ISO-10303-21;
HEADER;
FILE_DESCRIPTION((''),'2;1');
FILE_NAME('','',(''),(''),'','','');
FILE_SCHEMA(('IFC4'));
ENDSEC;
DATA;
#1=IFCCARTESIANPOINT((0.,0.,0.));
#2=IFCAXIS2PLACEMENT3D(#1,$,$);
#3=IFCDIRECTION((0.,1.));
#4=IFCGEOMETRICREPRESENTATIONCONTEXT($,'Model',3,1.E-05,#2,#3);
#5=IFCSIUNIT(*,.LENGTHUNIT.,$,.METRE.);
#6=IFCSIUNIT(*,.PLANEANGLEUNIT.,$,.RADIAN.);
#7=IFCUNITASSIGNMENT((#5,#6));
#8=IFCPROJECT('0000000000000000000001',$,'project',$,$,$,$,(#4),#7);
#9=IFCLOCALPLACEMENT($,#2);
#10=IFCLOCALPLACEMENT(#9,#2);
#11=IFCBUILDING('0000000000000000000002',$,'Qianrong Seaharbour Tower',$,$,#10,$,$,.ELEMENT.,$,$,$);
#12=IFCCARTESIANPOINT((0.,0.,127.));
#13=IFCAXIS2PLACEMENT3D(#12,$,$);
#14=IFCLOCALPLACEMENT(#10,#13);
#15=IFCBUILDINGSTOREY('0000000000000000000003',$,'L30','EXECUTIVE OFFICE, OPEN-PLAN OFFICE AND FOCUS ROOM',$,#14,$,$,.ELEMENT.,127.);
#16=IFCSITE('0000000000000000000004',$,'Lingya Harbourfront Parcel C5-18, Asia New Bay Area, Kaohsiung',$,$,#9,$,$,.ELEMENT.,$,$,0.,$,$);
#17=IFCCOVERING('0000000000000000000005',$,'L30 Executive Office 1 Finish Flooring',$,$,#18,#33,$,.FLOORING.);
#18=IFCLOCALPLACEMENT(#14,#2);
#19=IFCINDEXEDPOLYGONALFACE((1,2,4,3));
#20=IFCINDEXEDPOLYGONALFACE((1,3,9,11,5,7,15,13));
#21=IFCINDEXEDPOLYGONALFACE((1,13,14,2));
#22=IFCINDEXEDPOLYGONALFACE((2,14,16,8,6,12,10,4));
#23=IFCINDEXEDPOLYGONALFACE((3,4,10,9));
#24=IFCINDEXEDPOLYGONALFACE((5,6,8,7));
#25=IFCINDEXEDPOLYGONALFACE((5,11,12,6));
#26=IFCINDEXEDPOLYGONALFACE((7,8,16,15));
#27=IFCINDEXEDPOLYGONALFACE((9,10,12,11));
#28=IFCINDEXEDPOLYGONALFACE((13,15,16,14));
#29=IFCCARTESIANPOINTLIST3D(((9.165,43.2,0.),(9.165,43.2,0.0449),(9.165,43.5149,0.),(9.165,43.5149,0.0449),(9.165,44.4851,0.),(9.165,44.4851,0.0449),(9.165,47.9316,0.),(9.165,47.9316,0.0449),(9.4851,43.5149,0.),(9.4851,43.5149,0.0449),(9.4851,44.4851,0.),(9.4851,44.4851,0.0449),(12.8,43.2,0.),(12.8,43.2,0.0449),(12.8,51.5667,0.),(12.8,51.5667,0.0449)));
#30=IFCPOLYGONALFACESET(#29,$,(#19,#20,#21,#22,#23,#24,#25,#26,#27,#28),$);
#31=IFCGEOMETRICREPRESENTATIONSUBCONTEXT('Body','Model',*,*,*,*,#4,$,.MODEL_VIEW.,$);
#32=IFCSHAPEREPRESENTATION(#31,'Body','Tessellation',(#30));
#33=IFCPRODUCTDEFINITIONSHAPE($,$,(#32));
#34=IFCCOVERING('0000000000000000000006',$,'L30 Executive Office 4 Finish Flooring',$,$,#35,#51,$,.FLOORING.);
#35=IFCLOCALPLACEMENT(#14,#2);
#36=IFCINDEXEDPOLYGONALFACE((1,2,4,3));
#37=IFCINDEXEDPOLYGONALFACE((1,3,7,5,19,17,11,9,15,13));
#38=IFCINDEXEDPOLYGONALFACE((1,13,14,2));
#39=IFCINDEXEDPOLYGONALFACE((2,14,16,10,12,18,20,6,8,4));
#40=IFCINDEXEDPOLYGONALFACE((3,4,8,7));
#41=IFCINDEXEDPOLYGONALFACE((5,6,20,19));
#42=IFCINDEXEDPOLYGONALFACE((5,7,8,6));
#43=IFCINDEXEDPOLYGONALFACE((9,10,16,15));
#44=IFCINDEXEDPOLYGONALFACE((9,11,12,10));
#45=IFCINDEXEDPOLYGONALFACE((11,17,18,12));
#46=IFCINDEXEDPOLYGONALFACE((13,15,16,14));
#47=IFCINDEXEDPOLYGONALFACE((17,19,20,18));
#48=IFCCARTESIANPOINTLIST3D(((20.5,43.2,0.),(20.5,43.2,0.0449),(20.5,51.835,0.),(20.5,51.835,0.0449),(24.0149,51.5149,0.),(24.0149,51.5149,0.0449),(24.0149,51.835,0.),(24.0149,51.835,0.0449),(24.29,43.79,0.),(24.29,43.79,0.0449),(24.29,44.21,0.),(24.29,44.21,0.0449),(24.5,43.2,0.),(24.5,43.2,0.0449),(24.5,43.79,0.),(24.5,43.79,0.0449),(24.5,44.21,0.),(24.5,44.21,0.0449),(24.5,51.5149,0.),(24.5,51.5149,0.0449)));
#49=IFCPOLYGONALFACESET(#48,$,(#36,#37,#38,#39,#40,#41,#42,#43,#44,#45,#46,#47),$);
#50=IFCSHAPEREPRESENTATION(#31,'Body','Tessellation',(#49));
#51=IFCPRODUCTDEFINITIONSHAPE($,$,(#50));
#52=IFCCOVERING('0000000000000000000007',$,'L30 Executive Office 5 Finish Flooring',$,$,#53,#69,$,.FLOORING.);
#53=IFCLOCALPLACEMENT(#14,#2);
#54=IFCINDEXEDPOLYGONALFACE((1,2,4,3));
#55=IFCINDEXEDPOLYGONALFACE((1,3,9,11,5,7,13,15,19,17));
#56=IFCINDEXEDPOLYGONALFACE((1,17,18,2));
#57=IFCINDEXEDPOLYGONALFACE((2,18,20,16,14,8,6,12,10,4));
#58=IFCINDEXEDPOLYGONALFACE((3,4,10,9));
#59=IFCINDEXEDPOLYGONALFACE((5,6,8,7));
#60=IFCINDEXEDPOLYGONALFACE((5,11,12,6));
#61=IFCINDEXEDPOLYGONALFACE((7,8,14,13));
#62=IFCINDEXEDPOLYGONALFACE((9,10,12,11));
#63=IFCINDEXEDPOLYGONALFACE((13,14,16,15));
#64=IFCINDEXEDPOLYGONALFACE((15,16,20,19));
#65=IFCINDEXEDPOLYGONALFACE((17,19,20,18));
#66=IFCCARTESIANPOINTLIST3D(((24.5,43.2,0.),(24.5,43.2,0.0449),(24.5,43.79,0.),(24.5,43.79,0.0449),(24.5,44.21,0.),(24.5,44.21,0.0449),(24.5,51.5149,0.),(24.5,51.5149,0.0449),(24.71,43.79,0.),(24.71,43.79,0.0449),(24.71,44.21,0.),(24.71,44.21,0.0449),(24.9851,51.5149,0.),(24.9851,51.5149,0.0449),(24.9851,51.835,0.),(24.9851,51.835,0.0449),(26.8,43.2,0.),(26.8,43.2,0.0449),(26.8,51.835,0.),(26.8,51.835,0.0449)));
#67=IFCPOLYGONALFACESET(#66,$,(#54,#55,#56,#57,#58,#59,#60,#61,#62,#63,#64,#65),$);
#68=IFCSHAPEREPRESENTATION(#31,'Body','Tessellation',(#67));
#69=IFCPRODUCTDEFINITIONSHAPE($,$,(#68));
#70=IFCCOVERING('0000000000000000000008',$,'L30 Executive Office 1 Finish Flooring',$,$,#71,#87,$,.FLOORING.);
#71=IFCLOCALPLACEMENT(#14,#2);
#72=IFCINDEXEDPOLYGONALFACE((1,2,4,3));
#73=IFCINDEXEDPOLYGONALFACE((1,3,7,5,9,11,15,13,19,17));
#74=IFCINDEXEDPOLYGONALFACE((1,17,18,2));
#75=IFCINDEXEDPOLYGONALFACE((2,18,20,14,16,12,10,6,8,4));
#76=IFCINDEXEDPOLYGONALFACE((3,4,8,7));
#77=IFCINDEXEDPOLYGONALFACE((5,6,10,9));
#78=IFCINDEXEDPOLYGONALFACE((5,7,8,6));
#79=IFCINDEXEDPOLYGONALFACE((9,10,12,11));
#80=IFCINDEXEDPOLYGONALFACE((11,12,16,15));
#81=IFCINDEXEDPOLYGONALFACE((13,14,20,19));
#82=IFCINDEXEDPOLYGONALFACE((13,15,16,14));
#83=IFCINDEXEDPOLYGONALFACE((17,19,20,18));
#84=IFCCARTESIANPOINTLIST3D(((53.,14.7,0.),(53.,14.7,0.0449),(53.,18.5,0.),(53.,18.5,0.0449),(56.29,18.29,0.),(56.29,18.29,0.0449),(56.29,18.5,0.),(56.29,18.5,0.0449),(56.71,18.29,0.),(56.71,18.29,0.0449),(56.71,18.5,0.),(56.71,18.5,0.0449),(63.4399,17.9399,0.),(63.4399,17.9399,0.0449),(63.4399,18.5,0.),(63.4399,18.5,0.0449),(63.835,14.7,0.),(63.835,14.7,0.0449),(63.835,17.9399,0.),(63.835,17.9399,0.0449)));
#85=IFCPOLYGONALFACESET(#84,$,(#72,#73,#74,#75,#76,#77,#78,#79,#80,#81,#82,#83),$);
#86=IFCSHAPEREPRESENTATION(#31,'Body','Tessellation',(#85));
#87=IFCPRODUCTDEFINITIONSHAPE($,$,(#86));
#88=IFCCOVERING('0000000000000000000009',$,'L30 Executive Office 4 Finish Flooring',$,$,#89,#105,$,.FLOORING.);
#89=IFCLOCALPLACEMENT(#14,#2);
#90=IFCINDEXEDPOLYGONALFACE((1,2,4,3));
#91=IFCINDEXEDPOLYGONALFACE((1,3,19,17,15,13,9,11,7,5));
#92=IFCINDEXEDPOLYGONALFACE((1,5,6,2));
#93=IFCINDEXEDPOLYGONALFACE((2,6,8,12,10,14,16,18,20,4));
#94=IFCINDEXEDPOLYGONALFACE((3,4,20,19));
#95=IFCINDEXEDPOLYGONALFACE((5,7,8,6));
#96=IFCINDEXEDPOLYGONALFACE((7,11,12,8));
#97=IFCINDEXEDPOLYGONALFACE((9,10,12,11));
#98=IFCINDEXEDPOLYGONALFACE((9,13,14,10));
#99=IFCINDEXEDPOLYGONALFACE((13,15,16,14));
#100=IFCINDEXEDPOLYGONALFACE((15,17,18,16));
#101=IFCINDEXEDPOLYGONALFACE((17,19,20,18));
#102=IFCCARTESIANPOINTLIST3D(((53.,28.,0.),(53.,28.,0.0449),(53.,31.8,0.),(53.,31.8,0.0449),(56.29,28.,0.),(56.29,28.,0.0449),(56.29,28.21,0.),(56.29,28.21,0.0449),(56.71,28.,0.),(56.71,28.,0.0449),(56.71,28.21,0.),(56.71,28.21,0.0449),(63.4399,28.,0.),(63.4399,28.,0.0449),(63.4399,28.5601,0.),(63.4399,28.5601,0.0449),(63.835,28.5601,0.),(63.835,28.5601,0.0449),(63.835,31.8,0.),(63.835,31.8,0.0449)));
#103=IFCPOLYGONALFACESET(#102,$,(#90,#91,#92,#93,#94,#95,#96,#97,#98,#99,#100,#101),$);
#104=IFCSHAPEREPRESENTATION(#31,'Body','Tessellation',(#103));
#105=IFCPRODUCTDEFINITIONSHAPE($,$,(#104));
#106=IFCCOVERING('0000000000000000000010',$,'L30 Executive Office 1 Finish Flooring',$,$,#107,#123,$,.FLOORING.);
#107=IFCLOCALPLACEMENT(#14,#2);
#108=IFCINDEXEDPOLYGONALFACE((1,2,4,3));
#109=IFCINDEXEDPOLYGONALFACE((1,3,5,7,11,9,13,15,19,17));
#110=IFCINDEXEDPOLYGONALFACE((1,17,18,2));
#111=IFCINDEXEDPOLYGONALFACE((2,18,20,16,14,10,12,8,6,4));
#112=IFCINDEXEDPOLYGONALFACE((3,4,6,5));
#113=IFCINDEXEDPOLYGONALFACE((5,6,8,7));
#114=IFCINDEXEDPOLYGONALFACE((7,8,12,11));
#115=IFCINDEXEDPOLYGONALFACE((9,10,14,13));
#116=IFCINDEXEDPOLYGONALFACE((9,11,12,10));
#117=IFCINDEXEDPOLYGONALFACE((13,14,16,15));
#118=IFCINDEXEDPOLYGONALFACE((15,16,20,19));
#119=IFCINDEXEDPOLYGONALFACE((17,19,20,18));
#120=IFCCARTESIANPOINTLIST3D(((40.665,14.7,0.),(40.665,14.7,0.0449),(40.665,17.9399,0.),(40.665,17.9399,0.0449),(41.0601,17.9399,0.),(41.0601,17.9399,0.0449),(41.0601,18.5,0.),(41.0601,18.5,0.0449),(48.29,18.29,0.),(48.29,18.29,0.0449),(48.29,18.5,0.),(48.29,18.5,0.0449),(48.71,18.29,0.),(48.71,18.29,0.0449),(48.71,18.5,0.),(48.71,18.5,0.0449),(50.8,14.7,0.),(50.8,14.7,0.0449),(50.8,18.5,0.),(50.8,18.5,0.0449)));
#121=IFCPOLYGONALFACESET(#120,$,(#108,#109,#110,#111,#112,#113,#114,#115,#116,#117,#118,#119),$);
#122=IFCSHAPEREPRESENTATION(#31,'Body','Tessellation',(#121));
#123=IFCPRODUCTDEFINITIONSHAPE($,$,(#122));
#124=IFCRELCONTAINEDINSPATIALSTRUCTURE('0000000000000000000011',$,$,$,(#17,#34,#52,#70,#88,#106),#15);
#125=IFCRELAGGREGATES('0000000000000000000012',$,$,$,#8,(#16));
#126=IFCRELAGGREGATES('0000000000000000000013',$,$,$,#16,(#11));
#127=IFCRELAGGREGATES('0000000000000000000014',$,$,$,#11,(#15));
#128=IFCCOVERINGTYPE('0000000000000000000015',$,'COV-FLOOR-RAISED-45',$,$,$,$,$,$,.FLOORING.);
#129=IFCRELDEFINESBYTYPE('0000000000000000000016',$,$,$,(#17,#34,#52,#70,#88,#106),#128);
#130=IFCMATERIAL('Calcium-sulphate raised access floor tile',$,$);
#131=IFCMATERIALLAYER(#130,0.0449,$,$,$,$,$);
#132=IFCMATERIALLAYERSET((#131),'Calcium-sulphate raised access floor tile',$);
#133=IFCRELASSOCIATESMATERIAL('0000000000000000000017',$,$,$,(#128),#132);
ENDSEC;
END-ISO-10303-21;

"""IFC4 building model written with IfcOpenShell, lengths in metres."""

from ifc_helpers import new_model, si_unit, direction, frame, origin, place, context, subcontext, project, spatial, polyline, outline, extrude, material, layer, layer_set, type_object, element, save


model = new_model("IFC4")

# Units and contexts
model_context = context("Model", 3, precision=1e-05, world=origin(), true_north=direction((0.0, 1.0)))
body_context = subcontext(model_context, "Body", "Model", "MODEL_VIEW")
ifc_project = project(units=[si_unit("LENGTHUNIT", "METRE"), si_unit("PLANEANGLEUNIT", "RADIAN")], contexts=[model_context])

# Site, building, storey
site_placement = place(None, origin())
site = spatial("IfcSite", under=ifc_project, at=site_placement, Name="Lingya Harbourfront Parcel C5-18, Asia New Bay Area, Kaohsiung", CompositionType="ELEMENT", RefElevation=0.0)
building_placement = place(site_placement, origin())
building = spatial("IfcBuilding", under=site, at=building_placement, Name="Qianrong Seaharbour Tower", CompositionType="ELEMENT")
storey_placement = place(building_placement, frame((0.0, 0.0, 127.0)))
storey = spatial("IfcBuildingStorey", under=building, at=storey_placement, Name="L30", Description="EXECUTIVE OFFICE, OPEN-PLAN OFFICE AND FOCUS ROOM", CompositionType="ELEMENT", Elevation=127.0)

# Coverings
ifc_material_1 = material(Name="Calcium-sulphate raised access floor tile")
ifc_layer_1 = layer(ifc_material_1, 0.0449)
ifc_layer_set_1 = layer_set([ifc_layer_1], Name="Calcium-sulphate raised access floor tile")
covering_type_1 = type_object("IfcCoveringType", Name="COV-FLOOR-RAISED-45", PredefinedType="FLOORING", material=ifc_layer_set_1)
covering_1_placement = place(storey_placement, origin())
element("IfcCovering", 1, at=covering_1_placement, inside=storey, type_object=covering_type_1, Name="L30 Executive Office 1 Finish Flooring", PredefinedType="FLOORING", context=body_context, shape_type="SweptSolid", body=[
    extrude(outline(polyline([(9.165, 43.5149), (9.4851, 43.5149), (9.4851, 44.4851), (9.165, 44.4851), (9.165, 47.9316), (12.8, 51.5667), (12.8, 43.2), (9.165, 43.2), (9.165, 43.5149)])), origin(), (0.0, 0.0, 1.0), 0.0449),
])
covering_2_placement = place(storey_placement, origin())
element("IfcCovering", 2, at=covering_2_placement, inside=storey, type_object=covering_type_1, Name="L30 Executive Office 4 Finish Flooring", PredefinedType="FLOORING", context=body_context, shape_type="SweptSolid", body=[
    extrude(outline(polyline([(20.5, 51.835), (24.0149, 51.835), (24.0149, 51.5149), (24.5, 51.5149), (24.5, 44.21), (24.29, 44.21), (24.29, 43.79), (24.5, 43.79), (24.5, 43.2), (20.5, 43.2), (20.5, 51.835)])), origin(), (0.0, 0.0, 1.0), 0.0449),
])
covering_3_placement = place(storey_placement, origin())
element("IfcCovering", 3, at=covering_3_placement, inside=storey, type_object=covering_type_1, Name="L30 Executive Office 5 Finish Flooring", PredefinedType="FLOORING", context=body_context, shape_type="SweptSolid", body=[
    extrude(outline(polyline([(24.5, 43.79), (24.71, 43.79), (24.71, 44.21), (24.5, 44.21), (24.5, 51.5149), (24.9851, 51.5149), (24.9851, 51.835), (26.8, 51.835), (26.8, 43.2), (24.5, 43.2), (24.5, 43.79)])), origin(), (0.0, 0.0, 1.0), 0.0449),
])
covering_4_placement = place(storey_placement, origin())
element("IfcCovering", 4, at=covering_4_placement, inside=storey, type_object=covering_type_1, Name="L30 Executive Office 1 Finish Flooring", PredefinedType="FLOORING", context=body_context, shape_type="SweptSolid", body=[
    extrude(outline(polyline([(56.29, 18.5), (56.29, 18.29), (56.71, 18.29), (56.71, 18.5), (63.4399, 18.5), (63.4399, 17.9399), (63.835, 17.9399), (63.835, 14.7), (53.0, 14.7), (53.0, 18.5), (56.29, 18.5)])), origin(), (0.0, 0.0, 1.0), 0.0449),
])
covering_5_placement = place(storey_placement, origin())
element("IfcCovering", 5, at=covering_5_placement, inside=storey, type_object=covering_type_1, Name="L30 Executive Office 4 Finish Flooring", PredefinedType="FLOORING", context=body_context, shape_type="SweptSolid", body=[
    extrude(outline(polyline([(63.835, 31.8), (63.835, 28.5601), (63.4399, 28.5601), (63.4399, 28.0), (56.71, 28.0), (56.71, 28.21), (56.29, 28.21), (56.29, 28.0), (53.0, 28.0), (53.0, 31.8), (63.835, 31.8)])), origin(), (0.0, 0.0, 1.0), 0.0449),
])
covering_6_placement = place(storey_placement, origin())
element("IfcCovering", 6, at=covering_6_placement, inside=storey, type_object=covering_type_1, Name="L30 Executive Office 1 Finish Flooring", PredefinedType="FLOORING", context=body_context, shape_type="SweptSolid", body=[
    extrude(outline(polyline([(40.665, 14.7), (40.665, 17.9399), (41.0601, 17.9399), (41.0601, 18.5), (48.29, 18.5), (48.29, 18.29), (48.71, 18.29), (48.71, 18.5), (50.8, 18.5), (50.8, 14.7), (40.665, 14.7)])), origin(), (0.0, 0.0, 1.0), 0.0449),
])

save(model, "model.ifc")
